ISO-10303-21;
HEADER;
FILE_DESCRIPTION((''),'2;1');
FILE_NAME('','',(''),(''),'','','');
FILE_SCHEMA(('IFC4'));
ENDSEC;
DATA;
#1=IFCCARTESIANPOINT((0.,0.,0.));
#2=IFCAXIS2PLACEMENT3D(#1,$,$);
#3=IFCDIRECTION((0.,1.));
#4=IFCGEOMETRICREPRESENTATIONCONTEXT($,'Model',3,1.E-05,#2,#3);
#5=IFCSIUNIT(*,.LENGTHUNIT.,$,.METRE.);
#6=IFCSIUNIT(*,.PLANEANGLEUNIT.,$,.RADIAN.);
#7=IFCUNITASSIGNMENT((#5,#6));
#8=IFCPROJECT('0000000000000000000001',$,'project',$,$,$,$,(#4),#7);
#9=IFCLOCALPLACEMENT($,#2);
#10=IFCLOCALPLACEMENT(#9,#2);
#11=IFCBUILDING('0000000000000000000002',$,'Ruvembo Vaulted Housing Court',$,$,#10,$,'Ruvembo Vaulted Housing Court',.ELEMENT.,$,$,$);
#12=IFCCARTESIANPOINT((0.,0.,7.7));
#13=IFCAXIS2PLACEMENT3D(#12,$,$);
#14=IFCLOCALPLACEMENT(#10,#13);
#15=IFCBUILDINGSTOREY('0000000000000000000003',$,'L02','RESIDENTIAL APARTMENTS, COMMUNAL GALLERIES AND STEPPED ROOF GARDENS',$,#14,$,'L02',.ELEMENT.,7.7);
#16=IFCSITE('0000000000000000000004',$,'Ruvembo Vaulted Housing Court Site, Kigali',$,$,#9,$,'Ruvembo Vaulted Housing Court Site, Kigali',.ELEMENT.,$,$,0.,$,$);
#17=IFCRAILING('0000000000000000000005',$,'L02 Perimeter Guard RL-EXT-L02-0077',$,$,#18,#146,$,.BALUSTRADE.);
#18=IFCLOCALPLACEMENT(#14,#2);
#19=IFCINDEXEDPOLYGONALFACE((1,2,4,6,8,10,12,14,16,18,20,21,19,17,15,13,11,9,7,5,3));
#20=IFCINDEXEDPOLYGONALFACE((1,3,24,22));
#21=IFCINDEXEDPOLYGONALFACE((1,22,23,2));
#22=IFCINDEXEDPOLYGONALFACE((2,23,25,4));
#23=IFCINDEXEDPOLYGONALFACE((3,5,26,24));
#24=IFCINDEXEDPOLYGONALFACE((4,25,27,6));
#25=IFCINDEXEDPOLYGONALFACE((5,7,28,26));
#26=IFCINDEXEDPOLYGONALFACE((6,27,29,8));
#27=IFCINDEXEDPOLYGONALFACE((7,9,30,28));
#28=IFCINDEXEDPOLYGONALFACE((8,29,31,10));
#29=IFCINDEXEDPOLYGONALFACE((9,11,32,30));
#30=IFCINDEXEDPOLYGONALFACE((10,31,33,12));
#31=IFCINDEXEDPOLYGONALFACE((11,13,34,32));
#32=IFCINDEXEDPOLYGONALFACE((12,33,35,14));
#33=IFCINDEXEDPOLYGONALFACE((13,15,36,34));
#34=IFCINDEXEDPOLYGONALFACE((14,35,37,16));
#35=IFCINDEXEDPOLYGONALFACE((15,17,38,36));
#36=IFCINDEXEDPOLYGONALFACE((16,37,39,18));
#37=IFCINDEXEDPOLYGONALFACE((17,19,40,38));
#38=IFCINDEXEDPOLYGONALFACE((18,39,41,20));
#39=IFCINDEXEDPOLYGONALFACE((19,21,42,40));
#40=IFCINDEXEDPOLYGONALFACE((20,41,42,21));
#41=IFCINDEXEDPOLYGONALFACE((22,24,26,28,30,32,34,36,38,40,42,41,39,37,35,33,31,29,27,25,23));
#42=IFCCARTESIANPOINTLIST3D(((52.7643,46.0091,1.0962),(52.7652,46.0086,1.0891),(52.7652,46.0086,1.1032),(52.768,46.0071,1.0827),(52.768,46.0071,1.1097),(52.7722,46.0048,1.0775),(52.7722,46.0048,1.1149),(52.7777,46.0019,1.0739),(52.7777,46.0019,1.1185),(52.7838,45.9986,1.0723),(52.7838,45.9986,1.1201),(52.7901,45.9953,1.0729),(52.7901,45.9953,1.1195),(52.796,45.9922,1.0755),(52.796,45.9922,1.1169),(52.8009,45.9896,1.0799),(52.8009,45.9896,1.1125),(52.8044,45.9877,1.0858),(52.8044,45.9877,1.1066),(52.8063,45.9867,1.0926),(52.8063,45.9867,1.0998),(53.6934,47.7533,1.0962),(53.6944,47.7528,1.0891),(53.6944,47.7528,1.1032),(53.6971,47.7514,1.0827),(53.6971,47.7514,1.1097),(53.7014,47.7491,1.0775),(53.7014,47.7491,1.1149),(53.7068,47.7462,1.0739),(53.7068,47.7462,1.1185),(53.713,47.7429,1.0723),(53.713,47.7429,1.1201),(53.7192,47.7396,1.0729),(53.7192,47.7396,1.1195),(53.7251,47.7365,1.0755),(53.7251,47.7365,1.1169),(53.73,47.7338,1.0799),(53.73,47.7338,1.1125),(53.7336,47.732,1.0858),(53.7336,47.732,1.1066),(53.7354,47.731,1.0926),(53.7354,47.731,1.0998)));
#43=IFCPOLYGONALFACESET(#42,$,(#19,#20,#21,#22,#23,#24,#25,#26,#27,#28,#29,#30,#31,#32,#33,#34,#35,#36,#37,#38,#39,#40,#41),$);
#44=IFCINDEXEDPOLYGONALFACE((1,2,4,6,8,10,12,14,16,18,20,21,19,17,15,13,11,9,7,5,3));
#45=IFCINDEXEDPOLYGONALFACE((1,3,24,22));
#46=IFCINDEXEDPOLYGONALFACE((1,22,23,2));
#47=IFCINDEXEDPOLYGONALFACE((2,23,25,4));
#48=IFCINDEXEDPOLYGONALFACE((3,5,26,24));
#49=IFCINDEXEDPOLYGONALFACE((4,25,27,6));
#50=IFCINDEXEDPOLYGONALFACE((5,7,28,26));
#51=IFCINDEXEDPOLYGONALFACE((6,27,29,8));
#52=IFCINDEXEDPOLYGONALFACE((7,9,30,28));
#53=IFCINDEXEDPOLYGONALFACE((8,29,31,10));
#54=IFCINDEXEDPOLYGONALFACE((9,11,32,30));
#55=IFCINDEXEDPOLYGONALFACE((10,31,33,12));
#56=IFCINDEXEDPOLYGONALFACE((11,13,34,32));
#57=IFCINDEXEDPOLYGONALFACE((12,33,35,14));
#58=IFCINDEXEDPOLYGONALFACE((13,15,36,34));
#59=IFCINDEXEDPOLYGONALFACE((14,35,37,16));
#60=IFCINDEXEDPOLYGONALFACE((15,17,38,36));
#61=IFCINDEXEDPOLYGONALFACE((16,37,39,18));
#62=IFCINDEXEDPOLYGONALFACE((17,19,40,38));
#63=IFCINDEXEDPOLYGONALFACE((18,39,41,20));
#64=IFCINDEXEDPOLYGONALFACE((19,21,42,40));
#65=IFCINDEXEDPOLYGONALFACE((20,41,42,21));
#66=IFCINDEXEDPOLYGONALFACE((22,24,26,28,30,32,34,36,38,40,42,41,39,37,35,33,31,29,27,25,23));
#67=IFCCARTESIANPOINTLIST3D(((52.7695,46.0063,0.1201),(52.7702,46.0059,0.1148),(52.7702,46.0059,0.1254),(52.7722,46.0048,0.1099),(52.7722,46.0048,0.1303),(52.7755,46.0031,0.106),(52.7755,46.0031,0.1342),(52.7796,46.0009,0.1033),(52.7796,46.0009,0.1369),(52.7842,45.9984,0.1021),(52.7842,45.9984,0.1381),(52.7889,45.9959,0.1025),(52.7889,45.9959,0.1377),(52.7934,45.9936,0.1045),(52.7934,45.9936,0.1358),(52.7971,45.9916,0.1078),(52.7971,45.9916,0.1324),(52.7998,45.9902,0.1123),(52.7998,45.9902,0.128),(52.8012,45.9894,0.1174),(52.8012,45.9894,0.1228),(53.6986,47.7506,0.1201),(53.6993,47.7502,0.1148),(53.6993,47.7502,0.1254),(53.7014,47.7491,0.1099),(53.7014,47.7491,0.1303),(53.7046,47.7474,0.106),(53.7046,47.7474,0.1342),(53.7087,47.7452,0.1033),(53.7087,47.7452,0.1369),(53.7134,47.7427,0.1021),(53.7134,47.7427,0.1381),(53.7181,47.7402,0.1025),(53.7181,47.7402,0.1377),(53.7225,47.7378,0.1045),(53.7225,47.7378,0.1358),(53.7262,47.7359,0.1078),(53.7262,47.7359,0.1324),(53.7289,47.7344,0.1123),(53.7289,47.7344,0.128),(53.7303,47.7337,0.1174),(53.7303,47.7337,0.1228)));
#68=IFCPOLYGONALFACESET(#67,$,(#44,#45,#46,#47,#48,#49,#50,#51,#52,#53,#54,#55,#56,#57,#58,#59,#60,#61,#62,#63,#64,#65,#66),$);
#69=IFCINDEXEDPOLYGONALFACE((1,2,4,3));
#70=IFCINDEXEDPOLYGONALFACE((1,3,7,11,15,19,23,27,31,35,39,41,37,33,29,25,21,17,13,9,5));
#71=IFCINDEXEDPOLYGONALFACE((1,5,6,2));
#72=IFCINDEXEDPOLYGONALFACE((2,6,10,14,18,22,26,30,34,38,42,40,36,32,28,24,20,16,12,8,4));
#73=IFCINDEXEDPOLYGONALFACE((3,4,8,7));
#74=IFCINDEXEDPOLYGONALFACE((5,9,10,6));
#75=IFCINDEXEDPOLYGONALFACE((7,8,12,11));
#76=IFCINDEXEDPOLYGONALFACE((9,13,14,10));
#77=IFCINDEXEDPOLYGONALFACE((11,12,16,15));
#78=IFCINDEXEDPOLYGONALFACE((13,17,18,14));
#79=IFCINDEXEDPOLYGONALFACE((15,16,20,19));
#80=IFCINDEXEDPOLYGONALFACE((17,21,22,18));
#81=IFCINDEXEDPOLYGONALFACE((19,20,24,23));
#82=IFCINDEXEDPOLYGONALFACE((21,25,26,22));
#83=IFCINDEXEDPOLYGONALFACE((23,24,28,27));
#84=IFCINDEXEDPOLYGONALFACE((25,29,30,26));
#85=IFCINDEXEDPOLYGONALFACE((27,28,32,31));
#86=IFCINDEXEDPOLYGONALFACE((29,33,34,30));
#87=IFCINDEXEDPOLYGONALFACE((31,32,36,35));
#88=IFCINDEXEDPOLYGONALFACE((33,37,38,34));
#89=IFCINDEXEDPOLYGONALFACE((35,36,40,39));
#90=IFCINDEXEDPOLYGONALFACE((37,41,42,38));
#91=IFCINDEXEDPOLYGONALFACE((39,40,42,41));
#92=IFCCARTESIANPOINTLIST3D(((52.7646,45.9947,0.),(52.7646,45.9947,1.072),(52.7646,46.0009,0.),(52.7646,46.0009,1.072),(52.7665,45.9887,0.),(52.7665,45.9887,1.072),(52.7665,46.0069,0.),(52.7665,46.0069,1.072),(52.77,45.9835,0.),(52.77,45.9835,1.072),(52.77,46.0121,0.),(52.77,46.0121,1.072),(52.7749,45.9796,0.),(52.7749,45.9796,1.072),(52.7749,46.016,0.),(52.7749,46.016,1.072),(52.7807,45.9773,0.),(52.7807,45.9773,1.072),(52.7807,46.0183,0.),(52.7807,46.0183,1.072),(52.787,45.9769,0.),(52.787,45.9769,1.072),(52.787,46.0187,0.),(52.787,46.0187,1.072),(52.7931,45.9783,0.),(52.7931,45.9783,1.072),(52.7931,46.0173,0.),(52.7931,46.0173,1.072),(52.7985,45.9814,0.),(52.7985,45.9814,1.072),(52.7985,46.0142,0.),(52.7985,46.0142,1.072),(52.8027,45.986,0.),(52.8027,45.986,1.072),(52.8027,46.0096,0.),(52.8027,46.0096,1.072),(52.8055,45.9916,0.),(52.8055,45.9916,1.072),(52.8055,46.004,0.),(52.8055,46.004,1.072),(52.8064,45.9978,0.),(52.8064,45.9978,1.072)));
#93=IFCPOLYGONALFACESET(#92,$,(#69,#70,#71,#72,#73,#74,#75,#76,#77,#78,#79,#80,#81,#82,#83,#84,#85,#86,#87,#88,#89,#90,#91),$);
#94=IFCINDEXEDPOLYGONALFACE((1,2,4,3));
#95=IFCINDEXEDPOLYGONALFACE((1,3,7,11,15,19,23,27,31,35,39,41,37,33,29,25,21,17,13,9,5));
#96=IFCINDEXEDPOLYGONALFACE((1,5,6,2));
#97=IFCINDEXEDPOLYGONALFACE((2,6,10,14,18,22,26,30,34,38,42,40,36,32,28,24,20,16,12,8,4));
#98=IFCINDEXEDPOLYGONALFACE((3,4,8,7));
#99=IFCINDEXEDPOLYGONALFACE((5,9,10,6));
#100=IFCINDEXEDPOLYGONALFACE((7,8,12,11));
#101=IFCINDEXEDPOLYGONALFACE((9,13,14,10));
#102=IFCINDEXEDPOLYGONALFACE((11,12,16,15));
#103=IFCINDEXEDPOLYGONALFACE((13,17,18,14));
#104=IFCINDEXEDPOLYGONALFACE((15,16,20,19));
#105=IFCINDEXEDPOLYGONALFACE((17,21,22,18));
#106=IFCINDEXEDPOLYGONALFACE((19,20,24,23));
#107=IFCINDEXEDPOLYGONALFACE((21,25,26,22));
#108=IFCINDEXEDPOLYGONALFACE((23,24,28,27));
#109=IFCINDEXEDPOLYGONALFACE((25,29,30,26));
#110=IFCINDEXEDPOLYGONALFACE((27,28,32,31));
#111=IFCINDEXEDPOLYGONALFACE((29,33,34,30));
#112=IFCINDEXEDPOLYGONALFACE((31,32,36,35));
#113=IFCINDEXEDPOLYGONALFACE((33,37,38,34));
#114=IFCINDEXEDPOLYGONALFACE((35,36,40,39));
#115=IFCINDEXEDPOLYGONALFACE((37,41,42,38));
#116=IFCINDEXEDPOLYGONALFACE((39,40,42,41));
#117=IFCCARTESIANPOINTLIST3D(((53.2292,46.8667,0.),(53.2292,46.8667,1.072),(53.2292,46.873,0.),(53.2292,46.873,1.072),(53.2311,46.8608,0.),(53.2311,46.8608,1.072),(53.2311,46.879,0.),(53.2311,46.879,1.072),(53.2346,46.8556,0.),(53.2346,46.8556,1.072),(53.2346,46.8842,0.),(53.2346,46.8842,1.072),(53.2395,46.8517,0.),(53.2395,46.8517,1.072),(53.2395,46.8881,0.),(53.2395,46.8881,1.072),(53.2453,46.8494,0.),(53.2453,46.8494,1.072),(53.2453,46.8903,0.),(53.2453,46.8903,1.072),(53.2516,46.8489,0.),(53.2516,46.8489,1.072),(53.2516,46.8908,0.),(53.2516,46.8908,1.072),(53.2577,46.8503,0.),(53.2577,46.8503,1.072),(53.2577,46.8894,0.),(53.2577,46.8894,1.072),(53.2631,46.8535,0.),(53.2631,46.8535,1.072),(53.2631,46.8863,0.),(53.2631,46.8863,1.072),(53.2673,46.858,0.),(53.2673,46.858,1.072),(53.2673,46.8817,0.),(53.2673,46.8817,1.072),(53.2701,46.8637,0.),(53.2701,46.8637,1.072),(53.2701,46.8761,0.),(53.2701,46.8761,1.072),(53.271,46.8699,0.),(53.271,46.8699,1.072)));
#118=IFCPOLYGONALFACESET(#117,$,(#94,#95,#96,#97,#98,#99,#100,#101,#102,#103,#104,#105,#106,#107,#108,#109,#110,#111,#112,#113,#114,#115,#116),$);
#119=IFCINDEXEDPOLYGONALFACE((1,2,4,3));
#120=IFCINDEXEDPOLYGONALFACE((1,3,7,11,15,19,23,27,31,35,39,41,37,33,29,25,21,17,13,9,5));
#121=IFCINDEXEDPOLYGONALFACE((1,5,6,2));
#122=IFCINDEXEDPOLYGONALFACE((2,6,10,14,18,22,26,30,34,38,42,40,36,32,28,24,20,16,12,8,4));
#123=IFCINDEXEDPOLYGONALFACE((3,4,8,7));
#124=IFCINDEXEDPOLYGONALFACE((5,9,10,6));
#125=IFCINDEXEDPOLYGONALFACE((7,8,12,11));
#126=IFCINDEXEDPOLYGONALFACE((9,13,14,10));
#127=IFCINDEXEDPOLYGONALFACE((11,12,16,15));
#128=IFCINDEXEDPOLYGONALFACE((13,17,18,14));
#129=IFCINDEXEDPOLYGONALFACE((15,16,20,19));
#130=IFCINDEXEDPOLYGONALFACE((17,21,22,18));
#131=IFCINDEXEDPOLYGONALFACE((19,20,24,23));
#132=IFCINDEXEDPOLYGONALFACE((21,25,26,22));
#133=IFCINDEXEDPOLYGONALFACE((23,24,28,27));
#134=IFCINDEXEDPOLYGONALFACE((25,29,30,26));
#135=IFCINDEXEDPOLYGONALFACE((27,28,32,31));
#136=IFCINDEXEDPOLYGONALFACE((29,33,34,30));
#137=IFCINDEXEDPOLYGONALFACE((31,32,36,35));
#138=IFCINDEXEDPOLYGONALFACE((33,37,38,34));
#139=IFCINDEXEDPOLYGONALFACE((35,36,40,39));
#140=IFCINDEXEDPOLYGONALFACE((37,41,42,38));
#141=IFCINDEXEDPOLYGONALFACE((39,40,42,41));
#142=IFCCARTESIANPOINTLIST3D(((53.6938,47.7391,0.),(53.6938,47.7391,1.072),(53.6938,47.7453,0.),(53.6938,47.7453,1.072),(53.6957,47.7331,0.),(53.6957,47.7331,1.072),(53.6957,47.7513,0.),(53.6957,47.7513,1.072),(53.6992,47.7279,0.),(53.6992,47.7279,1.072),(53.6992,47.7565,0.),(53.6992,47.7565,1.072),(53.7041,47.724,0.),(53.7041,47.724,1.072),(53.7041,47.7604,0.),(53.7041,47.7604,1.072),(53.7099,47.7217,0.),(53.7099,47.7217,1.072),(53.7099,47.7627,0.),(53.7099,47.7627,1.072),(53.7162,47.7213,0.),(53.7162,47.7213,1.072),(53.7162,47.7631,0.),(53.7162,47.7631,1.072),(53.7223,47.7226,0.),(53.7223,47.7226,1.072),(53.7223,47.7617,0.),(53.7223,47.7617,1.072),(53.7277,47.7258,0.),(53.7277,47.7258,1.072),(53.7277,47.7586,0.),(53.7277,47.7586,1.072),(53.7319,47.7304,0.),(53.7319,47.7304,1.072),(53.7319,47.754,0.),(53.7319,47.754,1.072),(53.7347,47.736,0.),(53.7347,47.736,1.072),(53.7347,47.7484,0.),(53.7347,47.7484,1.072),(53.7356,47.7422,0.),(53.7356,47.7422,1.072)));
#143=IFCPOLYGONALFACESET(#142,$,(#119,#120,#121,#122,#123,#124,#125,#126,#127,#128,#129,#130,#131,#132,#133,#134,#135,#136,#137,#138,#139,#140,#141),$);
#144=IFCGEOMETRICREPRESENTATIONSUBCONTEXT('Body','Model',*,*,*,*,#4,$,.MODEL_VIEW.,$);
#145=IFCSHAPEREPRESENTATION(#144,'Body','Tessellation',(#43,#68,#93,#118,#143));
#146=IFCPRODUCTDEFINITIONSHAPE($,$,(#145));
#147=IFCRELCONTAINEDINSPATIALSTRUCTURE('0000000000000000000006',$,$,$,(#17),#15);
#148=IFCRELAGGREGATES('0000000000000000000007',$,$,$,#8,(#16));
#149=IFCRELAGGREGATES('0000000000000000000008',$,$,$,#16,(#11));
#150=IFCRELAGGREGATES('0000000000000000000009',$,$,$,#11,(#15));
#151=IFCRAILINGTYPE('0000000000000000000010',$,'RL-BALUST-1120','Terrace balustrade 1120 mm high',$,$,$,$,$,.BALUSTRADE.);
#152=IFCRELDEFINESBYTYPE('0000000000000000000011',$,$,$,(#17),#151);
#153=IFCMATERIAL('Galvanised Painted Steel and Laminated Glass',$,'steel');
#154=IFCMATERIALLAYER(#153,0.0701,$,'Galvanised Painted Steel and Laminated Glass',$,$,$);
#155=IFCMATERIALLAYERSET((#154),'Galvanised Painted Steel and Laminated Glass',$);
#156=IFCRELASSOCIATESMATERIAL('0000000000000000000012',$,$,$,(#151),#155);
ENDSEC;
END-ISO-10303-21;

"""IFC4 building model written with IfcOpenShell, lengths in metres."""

from ifc_helpers import new_model, si_unit, direction, frame, origin, origin_2d, place, context, subcontext, project, spatial, circle, extrude, material, layer, layer_set, type_object, element, save


model = new_model("IFC4")

# Units and contexts
model_context = context("Model", 3, precision=1e-05, world=origin(), true_north=direction((0.0, 1.0)))
body_context = subcontext(model_context, "Body", "Model", "MODEL_VIEW")
ifc_project = project(units=[si_unit("LENGTHUNIT", "METRE"), si_unit("PLANEANGLEUNIT", "RADIAN")], contexts=[model_context])

# Site, building, storey
site_placement = place(None, origin())
site = spatial("IfcSite", under=ifc_project, at=site_placement, Name="Ruvembo Vaulted Housing Court Site, Kigali", LongName="Ruvembo Vaulted Housing Court Site, Kigali", CompositionType="ELEMENT", RefElevation=0.0)
building_placement = place(site_placement, origin())
building = spatial("IfcBuilding", under=site, at=building_placement, Name="Ruvembo Vaulted Housing Court", LongName="Ruvembo Vaulted Housing Court", CompositionType="ELEMENT")
storey_placement = place(building_placement, frame((0.0, 0.0, 7.7)))
storey = spatial("IfcBuildingStorey", under=building, at=storey_placement, Name="L02", Description="RESIDENTIAL APARTMENTS, COMMUNAL GALLERIES AND STEPPED ROOF GARDENS", LongName="L02", CompositionType="ELEMENT", Elevation=7.7)

# Railing
ifc_material_1 = material(Name="Galvanised Painted Steel and Laminated Glass", Category="steel")
ifc_layer_1 = layer(ifc_material_1, 0.0701, Name="Galvanised Painted Steel and Laminated Glass")
ifc_layer_set_1 = layer_set([ifc_layer_1], Name="Galvanised Painted Steel and Laminated Glass")
railing_type = type_object("IfcRailingType", Name="RL-BALUST-1120", Description="Terrace balustrade 1120 mm high", PredefinedType="BALUSTRADE", material=ifc_layer_set_1)
railing_1_placement = place(storey_placement, frame((52.7854, 45.9978, 0.0)))
element("IfcRailing", 1, at=railing_1_placement, inside=storey, type_object=railing_type, Name="L02 Perimeter Guard RL-EXT-L02-0077", PredefinedType="BALUSTRADE", context=body_context, shape_type="SweptSolid", body=[
    extrude(circle(Radius=0.0239, at=origin_2d()), frame((0.0, 0.0, 1.0962), z_axis=(0.470139, 0.882592, 0.0), x_axis=(-0.882592, 0.470139, 0.0)), (0.0, 0.0, 1.0), 1.9763),
    extrude(circle(Radius=0.0181, at=origin_2d()), frame((0.0, 0.0, 0.1201), z_axis=(0.470139, 0.882592, 0.0), x_axis=(-0.882592, 0.470139, 0.0)), (0.0, 0.0, 1.0), 1.9763),
    extrude(circle(Radius=0.021, at=origin_2d()), origin(), (0.0, 0.0, 1.0), 1.072),
    extrude(circle(Radius=0.021, at=origin_2d()), frame((0.4646, 0.8721, 0.0)), (0.0, 0.0, 1.0), 1.072),
    extrude(circle(Radius=0.021, at=origin_2d()), frame((0.9292, 1.7444, 0.0)), (0.0, 0.0, 1.0), 1.072),
])

save(model, "model.ifc")
